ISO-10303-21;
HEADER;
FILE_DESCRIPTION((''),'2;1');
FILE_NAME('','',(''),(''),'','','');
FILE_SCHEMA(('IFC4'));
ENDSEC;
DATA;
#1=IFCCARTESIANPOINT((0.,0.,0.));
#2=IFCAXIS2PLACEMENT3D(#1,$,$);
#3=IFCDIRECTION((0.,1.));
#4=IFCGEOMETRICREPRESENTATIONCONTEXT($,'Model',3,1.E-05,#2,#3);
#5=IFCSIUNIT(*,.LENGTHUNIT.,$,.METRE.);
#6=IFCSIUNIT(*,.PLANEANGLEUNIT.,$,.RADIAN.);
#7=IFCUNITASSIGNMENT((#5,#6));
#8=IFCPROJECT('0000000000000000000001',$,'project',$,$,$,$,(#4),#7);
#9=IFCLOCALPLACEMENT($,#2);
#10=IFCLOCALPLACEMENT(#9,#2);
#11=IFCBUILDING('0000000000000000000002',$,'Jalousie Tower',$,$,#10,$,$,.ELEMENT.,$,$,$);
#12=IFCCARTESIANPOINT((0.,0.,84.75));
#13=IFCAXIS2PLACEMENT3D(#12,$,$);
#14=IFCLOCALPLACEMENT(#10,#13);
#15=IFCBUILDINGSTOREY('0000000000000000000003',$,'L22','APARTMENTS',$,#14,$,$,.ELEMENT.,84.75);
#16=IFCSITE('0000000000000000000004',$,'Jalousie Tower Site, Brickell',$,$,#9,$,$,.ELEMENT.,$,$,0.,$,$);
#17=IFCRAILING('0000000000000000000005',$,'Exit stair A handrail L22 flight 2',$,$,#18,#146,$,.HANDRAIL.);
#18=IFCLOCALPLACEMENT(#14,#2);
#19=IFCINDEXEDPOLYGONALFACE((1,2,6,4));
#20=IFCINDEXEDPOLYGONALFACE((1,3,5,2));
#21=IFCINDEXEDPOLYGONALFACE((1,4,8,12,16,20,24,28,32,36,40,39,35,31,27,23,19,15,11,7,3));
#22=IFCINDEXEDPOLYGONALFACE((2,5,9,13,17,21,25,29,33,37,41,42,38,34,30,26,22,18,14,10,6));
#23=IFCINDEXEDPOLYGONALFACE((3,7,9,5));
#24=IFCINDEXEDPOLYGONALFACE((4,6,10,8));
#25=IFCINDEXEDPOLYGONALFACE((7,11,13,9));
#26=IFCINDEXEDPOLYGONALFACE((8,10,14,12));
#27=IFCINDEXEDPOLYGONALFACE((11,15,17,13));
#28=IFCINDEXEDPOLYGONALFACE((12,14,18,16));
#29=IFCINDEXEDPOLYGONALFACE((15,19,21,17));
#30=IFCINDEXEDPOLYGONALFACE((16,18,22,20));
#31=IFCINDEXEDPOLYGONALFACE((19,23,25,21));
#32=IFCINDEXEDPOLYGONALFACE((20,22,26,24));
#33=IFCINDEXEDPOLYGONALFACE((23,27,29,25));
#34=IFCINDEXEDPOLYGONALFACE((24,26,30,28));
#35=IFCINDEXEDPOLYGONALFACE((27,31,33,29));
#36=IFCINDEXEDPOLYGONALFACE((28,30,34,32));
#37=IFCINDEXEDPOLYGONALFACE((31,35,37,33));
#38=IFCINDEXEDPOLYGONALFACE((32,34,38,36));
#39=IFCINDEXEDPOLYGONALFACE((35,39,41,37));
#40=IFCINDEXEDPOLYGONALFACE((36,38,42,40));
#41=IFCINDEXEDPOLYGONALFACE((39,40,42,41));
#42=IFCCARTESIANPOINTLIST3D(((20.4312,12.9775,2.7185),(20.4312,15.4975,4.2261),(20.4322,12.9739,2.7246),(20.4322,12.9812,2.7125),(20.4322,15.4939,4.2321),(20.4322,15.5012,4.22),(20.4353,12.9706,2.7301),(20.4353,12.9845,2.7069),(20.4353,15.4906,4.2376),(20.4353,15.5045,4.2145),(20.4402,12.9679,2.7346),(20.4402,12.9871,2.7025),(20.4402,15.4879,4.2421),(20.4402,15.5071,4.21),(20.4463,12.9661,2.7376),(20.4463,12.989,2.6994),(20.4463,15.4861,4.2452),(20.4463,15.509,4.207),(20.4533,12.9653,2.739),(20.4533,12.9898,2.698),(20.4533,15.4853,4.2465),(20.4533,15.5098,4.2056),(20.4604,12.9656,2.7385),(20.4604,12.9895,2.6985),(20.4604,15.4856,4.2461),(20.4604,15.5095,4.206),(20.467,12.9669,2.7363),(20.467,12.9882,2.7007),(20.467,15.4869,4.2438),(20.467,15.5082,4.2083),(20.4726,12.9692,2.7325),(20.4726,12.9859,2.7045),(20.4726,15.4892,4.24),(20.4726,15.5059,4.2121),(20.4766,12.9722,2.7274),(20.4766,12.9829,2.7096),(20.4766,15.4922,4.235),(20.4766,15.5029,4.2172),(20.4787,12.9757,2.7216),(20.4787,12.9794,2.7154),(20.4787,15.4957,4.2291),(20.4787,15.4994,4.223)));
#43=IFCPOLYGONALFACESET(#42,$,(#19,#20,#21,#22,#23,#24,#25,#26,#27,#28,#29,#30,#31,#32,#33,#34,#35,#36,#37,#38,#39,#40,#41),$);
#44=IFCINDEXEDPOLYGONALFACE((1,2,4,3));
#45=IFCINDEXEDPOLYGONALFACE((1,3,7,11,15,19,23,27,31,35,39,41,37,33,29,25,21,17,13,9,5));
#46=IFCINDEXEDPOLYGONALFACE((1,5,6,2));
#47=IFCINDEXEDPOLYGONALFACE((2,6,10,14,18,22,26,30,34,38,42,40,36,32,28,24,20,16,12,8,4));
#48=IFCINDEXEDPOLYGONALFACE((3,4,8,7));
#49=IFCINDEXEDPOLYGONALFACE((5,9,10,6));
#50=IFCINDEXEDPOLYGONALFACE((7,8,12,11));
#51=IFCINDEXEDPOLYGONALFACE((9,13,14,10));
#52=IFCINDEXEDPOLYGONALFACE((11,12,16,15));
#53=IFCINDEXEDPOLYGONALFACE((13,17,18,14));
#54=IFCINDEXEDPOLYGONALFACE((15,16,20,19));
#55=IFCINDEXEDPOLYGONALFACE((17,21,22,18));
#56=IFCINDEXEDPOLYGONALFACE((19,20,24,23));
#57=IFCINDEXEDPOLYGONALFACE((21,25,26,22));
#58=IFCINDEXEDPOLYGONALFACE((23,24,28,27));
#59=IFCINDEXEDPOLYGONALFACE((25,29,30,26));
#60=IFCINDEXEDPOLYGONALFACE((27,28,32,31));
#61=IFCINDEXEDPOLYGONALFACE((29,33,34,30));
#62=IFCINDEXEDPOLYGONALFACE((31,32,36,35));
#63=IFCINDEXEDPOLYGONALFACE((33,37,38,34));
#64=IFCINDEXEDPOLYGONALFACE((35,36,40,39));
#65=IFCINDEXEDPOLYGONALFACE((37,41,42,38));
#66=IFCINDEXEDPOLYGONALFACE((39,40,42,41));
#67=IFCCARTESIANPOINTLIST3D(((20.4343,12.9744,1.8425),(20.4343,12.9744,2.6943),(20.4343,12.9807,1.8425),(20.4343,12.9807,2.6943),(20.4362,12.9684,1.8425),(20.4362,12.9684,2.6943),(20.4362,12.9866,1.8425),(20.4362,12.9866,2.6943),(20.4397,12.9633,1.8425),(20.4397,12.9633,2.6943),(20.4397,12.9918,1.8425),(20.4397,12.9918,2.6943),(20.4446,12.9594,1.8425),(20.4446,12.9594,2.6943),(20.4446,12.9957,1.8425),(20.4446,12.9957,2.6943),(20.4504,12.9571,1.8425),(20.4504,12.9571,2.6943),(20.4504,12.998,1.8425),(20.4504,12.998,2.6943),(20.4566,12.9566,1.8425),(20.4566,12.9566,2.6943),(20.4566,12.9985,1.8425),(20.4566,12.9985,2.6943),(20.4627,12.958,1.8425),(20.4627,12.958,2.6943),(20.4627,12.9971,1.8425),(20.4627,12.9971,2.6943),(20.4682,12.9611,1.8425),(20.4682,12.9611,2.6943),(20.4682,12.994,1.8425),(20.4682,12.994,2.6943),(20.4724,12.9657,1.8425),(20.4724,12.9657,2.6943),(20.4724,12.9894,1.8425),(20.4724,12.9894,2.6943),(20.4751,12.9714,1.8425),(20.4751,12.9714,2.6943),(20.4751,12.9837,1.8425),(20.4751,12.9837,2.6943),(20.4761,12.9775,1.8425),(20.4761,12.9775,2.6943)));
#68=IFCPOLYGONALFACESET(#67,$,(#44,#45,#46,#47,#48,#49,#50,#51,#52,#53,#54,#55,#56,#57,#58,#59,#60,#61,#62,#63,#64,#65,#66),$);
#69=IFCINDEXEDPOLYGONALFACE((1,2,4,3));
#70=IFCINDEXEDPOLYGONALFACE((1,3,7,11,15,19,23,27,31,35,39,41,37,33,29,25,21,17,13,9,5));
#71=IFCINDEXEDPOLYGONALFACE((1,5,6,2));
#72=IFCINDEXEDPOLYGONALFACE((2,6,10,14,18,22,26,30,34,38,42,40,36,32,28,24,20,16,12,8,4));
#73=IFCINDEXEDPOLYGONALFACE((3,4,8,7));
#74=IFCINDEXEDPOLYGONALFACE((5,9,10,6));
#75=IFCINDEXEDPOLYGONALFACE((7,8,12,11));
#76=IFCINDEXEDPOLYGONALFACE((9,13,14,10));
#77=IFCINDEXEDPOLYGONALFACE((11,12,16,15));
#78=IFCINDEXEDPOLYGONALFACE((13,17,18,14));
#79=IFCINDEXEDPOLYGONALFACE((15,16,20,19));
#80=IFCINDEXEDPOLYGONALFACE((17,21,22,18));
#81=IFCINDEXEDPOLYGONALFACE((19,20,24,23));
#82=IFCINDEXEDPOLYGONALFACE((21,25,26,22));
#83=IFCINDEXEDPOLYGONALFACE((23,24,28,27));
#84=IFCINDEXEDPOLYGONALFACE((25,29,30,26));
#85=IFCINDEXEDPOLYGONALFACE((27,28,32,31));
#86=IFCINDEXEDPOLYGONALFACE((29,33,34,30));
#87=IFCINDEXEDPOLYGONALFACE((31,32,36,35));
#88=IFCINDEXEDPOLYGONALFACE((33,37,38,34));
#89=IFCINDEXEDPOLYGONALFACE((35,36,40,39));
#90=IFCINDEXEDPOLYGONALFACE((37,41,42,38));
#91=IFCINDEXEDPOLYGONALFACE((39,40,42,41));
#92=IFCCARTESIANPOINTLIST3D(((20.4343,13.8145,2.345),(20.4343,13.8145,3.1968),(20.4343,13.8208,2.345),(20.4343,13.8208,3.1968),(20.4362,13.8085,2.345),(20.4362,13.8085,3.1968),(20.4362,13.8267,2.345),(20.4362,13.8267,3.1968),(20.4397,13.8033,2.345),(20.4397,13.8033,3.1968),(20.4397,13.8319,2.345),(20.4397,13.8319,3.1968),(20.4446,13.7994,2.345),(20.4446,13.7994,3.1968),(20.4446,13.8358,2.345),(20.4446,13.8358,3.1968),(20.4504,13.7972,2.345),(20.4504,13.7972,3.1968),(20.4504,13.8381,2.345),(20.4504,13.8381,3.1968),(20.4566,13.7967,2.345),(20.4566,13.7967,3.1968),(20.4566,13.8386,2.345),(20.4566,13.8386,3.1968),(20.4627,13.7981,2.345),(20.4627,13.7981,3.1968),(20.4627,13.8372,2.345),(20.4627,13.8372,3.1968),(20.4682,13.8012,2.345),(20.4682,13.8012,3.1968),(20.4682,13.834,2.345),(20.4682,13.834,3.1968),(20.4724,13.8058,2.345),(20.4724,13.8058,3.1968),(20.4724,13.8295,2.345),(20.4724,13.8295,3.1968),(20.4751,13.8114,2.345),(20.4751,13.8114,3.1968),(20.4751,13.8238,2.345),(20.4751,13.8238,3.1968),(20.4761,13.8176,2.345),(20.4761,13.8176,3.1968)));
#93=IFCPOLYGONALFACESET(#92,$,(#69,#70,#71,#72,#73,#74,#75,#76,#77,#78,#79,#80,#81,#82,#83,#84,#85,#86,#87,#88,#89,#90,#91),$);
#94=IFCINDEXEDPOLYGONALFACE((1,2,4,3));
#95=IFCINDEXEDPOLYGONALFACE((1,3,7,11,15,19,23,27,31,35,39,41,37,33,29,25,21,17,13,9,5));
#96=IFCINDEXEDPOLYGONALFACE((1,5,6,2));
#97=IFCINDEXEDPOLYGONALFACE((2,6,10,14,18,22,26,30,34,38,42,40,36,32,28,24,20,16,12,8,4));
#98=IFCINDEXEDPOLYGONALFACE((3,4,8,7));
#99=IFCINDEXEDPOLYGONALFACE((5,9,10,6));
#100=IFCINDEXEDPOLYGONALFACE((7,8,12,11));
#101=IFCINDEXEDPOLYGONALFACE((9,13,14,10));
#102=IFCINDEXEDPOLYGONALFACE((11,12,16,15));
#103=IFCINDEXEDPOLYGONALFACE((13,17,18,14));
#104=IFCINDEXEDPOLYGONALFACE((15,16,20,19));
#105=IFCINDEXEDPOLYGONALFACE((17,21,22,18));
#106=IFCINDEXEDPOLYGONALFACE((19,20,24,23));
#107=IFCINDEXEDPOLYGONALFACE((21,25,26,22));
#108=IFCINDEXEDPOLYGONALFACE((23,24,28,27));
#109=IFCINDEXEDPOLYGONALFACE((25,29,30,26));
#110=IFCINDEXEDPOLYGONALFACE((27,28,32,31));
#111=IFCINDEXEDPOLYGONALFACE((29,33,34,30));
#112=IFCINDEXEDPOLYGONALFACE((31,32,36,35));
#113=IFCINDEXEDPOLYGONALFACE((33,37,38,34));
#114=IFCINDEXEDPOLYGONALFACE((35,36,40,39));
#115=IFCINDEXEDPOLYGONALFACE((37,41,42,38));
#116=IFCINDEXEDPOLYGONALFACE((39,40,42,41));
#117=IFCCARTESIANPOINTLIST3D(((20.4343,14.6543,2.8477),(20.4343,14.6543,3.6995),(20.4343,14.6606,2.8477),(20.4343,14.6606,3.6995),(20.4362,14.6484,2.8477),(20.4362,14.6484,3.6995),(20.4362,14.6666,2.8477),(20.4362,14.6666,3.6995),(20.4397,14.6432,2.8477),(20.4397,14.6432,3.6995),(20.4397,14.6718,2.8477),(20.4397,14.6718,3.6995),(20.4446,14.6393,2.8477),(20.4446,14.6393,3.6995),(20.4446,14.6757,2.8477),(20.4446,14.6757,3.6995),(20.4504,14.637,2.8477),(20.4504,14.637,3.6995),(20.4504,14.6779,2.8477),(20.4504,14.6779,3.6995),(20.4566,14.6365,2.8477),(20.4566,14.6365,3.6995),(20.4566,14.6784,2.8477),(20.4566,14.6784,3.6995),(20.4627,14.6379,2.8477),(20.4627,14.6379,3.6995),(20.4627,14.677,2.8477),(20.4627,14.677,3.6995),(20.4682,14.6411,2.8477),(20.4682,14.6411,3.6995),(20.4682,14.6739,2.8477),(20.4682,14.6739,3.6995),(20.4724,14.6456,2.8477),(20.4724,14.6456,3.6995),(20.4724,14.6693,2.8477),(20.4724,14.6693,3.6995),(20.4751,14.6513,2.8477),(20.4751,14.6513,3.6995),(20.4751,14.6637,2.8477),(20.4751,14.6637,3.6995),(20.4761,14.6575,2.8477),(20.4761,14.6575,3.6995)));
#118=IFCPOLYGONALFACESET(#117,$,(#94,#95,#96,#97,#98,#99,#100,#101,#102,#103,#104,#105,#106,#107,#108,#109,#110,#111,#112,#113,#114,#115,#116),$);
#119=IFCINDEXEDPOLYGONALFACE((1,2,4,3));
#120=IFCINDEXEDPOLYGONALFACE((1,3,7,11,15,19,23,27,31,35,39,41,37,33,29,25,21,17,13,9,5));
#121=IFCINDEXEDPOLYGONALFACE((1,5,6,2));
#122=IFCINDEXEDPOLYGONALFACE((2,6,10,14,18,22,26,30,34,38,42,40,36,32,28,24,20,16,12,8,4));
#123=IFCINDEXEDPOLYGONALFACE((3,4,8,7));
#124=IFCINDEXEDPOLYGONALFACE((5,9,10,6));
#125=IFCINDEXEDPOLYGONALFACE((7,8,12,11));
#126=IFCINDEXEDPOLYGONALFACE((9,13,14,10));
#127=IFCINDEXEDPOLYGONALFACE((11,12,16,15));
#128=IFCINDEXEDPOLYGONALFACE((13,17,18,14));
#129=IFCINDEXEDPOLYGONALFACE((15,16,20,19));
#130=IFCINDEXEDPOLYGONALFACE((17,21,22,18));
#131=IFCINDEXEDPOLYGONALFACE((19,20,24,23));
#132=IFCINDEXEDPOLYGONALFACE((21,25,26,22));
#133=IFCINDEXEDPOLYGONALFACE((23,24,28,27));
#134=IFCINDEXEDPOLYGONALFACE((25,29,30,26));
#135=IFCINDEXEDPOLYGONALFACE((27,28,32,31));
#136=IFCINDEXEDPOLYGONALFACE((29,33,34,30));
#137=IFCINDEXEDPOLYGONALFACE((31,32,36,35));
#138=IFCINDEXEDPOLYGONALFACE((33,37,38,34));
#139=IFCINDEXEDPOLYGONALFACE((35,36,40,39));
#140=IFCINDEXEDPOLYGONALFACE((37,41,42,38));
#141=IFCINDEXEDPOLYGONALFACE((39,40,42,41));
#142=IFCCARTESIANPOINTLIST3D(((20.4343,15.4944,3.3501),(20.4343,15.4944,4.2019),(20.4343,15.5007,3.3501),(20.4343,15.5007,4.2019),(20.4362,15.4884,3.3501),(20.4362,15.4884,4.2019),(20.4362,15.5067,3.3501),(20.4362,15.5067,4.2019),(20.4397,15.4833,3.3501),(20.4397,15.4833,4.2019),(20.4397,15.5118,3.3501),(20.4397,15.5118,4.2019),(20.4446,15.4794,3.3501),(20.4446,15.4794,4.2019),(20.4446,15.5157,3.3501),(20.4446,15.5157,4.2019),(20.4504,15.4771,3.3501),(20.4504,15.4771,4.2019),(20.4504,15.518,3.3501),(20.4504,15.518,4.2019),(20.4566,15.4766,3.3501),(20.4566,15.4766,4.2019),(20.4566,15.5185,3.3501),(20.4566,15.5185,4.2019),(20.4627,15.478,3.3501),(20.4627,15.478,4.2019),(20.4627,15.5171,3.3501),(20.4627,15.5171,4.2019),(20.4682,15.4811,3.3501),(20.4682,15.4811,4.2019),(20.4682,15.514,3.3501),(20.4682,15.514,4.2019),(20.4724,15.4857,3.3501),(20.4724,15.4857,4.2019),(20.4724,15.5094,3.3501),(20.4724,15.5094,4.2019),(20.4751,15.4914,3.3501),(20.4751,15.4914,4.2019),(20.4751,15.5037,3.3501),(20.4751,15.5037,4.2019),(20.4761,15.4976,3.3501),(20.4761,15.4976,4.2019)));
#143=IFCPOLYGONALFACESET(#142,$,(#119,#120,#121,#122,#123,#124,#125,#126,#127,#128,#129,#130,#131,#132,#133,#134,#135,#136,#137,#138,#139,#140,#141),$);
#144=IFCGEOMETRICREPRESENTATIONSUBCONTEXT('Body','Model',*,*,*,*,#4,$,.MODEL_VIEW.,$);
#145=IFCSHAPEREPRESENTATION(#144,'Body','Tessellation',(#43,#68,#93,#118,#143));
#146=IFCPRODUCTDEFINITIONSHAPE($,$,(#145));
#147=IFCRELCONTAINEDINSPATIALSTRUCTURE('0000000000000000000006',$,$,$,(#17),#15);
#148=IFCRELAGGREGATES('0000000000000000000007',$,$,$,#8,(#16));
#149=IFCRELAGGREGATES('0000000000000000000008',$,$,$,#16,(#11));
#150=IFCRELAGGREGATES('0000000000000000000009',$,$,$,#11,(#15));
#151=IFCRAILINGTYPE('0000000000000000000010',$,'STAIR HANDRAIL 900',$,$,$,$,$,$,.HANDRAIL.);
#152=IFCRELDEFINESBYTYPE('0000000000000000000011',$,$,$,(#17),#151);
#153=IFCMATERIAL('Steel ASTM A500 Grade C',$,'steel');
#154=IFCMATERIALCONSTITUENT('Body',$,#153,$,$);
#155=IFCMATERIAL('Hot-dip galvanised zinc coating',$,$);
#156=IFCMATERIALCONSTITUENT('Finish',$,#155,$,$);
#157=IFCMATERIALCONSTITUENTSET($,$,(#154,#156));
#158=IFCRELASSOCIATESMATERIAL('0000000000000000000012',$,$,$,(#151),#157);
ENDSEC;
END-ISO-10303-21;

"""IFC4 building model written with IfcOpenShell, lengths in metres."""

from ifc_helpers import new_model, si_unit, direction, frame, origin, origin_2d, place, context, subcontext, project, spatial, circle, extrude, material, constituent, constituent_set, type_object, element, save


model = new_model("IFC4")

# Units and contexts
model_context = context("Model", 3, precision=1e-05, world=origin(), true_north=direction((0.0, 1.0)))
body_context = subcontext(model_context, "Body", "Model", "MODEL_VIEW")
ifc_project = project(units=[si_unit("LENGTHUNIT", "METRE"), si_unit("PLANEANGLEUNIT", "RADIAN")], contexts=[model_context])

# Site, building, storey
site_placement = place(None, origin())
site = spatial("IfcSite", under=ifc_project, at=site_placement, Name="Jalousie Tower Site, Brickell", CompositionType="ELEMENT", RefElevation=0.0)
building_placement = place(site_placement, origin())
building = spatial("IfcBuilding", under=site, at=building_placement, Name="Jalousie Tower", CompositionType="ELEMENT")
storey_placement = place(building_placement, frame((0.0, 0.0, 84.75)))
storey = spatial("IfcBuildingStorey", under=building, at=storey_placement, Name="L22", Description="APARTMENTS", CompositionType="ELEMENT", Elevation=84.75)

# Railing
ifc_material_1 = material(Name="Steel ASTM A500 Grade C", Category="steel")
ifc_constituent_1 = constituent(ifc_material_1, Name="Body")
ifc_material_2 = material(Name="Hot-dip galvanised zinc coating")
ifc_constituent_2 = constituent(ifc_material_2, Name="Finish")
ifc_constituent_set_1 = constituent_set(constituents=[ifc_constituent_1, ifc_constituent_2])
railing_type_1 = type_object("IfcRailingType", Name="STAIR HANDRAIL 900", PredefinedType="HANDRAIL", material=ifc_constituent_set_1)
railing_1_placement = place(storey_placement, frame((20.4551, 12.9775, 1.8425)))
element("IfcRailing", 1, at=railing_1_placement, inside=storey, type_object=railing_type_1, Name="Exit stair A handrail L22 flight 2", PredefinedType="HANDRAIL", context=body_context, shape_type="SweptSolid", body=[
    extrude(circle(Radius=0.0239, at=origin_2d()), frame((0.0, 0.0, 0.876), z_axis=(0.0, 0.85816, 0.513383), x_axis=(-1.0, 0.0, 0.0)), (0.0, 0.0, 1.0), 2.9365),
    extrude(circle(Radius=0.021, at=origin_2d()), origin(), (0.0, 0.0, 1.0), 0.8518),
    extrude(circle(Radius=0.021, at=origin_2d()), frame((0.0, 0.8401, 0.5024)), (0.0, 0.0, 1.0), 0.8518),
    extrude(circle(Radius=0.021, at=origin_2d()), frame((0.0, 1.6799, 1.0051)), (0.0, 0.0, 1.0), 0.8518),
    extrude(circle(Radius=0.021, at=origin_2d()), frame((0.0, 2.52, 1.5076)), (0.0, 0.0, 1.0), 0.8518),
])

save(model, "model.ifc")
